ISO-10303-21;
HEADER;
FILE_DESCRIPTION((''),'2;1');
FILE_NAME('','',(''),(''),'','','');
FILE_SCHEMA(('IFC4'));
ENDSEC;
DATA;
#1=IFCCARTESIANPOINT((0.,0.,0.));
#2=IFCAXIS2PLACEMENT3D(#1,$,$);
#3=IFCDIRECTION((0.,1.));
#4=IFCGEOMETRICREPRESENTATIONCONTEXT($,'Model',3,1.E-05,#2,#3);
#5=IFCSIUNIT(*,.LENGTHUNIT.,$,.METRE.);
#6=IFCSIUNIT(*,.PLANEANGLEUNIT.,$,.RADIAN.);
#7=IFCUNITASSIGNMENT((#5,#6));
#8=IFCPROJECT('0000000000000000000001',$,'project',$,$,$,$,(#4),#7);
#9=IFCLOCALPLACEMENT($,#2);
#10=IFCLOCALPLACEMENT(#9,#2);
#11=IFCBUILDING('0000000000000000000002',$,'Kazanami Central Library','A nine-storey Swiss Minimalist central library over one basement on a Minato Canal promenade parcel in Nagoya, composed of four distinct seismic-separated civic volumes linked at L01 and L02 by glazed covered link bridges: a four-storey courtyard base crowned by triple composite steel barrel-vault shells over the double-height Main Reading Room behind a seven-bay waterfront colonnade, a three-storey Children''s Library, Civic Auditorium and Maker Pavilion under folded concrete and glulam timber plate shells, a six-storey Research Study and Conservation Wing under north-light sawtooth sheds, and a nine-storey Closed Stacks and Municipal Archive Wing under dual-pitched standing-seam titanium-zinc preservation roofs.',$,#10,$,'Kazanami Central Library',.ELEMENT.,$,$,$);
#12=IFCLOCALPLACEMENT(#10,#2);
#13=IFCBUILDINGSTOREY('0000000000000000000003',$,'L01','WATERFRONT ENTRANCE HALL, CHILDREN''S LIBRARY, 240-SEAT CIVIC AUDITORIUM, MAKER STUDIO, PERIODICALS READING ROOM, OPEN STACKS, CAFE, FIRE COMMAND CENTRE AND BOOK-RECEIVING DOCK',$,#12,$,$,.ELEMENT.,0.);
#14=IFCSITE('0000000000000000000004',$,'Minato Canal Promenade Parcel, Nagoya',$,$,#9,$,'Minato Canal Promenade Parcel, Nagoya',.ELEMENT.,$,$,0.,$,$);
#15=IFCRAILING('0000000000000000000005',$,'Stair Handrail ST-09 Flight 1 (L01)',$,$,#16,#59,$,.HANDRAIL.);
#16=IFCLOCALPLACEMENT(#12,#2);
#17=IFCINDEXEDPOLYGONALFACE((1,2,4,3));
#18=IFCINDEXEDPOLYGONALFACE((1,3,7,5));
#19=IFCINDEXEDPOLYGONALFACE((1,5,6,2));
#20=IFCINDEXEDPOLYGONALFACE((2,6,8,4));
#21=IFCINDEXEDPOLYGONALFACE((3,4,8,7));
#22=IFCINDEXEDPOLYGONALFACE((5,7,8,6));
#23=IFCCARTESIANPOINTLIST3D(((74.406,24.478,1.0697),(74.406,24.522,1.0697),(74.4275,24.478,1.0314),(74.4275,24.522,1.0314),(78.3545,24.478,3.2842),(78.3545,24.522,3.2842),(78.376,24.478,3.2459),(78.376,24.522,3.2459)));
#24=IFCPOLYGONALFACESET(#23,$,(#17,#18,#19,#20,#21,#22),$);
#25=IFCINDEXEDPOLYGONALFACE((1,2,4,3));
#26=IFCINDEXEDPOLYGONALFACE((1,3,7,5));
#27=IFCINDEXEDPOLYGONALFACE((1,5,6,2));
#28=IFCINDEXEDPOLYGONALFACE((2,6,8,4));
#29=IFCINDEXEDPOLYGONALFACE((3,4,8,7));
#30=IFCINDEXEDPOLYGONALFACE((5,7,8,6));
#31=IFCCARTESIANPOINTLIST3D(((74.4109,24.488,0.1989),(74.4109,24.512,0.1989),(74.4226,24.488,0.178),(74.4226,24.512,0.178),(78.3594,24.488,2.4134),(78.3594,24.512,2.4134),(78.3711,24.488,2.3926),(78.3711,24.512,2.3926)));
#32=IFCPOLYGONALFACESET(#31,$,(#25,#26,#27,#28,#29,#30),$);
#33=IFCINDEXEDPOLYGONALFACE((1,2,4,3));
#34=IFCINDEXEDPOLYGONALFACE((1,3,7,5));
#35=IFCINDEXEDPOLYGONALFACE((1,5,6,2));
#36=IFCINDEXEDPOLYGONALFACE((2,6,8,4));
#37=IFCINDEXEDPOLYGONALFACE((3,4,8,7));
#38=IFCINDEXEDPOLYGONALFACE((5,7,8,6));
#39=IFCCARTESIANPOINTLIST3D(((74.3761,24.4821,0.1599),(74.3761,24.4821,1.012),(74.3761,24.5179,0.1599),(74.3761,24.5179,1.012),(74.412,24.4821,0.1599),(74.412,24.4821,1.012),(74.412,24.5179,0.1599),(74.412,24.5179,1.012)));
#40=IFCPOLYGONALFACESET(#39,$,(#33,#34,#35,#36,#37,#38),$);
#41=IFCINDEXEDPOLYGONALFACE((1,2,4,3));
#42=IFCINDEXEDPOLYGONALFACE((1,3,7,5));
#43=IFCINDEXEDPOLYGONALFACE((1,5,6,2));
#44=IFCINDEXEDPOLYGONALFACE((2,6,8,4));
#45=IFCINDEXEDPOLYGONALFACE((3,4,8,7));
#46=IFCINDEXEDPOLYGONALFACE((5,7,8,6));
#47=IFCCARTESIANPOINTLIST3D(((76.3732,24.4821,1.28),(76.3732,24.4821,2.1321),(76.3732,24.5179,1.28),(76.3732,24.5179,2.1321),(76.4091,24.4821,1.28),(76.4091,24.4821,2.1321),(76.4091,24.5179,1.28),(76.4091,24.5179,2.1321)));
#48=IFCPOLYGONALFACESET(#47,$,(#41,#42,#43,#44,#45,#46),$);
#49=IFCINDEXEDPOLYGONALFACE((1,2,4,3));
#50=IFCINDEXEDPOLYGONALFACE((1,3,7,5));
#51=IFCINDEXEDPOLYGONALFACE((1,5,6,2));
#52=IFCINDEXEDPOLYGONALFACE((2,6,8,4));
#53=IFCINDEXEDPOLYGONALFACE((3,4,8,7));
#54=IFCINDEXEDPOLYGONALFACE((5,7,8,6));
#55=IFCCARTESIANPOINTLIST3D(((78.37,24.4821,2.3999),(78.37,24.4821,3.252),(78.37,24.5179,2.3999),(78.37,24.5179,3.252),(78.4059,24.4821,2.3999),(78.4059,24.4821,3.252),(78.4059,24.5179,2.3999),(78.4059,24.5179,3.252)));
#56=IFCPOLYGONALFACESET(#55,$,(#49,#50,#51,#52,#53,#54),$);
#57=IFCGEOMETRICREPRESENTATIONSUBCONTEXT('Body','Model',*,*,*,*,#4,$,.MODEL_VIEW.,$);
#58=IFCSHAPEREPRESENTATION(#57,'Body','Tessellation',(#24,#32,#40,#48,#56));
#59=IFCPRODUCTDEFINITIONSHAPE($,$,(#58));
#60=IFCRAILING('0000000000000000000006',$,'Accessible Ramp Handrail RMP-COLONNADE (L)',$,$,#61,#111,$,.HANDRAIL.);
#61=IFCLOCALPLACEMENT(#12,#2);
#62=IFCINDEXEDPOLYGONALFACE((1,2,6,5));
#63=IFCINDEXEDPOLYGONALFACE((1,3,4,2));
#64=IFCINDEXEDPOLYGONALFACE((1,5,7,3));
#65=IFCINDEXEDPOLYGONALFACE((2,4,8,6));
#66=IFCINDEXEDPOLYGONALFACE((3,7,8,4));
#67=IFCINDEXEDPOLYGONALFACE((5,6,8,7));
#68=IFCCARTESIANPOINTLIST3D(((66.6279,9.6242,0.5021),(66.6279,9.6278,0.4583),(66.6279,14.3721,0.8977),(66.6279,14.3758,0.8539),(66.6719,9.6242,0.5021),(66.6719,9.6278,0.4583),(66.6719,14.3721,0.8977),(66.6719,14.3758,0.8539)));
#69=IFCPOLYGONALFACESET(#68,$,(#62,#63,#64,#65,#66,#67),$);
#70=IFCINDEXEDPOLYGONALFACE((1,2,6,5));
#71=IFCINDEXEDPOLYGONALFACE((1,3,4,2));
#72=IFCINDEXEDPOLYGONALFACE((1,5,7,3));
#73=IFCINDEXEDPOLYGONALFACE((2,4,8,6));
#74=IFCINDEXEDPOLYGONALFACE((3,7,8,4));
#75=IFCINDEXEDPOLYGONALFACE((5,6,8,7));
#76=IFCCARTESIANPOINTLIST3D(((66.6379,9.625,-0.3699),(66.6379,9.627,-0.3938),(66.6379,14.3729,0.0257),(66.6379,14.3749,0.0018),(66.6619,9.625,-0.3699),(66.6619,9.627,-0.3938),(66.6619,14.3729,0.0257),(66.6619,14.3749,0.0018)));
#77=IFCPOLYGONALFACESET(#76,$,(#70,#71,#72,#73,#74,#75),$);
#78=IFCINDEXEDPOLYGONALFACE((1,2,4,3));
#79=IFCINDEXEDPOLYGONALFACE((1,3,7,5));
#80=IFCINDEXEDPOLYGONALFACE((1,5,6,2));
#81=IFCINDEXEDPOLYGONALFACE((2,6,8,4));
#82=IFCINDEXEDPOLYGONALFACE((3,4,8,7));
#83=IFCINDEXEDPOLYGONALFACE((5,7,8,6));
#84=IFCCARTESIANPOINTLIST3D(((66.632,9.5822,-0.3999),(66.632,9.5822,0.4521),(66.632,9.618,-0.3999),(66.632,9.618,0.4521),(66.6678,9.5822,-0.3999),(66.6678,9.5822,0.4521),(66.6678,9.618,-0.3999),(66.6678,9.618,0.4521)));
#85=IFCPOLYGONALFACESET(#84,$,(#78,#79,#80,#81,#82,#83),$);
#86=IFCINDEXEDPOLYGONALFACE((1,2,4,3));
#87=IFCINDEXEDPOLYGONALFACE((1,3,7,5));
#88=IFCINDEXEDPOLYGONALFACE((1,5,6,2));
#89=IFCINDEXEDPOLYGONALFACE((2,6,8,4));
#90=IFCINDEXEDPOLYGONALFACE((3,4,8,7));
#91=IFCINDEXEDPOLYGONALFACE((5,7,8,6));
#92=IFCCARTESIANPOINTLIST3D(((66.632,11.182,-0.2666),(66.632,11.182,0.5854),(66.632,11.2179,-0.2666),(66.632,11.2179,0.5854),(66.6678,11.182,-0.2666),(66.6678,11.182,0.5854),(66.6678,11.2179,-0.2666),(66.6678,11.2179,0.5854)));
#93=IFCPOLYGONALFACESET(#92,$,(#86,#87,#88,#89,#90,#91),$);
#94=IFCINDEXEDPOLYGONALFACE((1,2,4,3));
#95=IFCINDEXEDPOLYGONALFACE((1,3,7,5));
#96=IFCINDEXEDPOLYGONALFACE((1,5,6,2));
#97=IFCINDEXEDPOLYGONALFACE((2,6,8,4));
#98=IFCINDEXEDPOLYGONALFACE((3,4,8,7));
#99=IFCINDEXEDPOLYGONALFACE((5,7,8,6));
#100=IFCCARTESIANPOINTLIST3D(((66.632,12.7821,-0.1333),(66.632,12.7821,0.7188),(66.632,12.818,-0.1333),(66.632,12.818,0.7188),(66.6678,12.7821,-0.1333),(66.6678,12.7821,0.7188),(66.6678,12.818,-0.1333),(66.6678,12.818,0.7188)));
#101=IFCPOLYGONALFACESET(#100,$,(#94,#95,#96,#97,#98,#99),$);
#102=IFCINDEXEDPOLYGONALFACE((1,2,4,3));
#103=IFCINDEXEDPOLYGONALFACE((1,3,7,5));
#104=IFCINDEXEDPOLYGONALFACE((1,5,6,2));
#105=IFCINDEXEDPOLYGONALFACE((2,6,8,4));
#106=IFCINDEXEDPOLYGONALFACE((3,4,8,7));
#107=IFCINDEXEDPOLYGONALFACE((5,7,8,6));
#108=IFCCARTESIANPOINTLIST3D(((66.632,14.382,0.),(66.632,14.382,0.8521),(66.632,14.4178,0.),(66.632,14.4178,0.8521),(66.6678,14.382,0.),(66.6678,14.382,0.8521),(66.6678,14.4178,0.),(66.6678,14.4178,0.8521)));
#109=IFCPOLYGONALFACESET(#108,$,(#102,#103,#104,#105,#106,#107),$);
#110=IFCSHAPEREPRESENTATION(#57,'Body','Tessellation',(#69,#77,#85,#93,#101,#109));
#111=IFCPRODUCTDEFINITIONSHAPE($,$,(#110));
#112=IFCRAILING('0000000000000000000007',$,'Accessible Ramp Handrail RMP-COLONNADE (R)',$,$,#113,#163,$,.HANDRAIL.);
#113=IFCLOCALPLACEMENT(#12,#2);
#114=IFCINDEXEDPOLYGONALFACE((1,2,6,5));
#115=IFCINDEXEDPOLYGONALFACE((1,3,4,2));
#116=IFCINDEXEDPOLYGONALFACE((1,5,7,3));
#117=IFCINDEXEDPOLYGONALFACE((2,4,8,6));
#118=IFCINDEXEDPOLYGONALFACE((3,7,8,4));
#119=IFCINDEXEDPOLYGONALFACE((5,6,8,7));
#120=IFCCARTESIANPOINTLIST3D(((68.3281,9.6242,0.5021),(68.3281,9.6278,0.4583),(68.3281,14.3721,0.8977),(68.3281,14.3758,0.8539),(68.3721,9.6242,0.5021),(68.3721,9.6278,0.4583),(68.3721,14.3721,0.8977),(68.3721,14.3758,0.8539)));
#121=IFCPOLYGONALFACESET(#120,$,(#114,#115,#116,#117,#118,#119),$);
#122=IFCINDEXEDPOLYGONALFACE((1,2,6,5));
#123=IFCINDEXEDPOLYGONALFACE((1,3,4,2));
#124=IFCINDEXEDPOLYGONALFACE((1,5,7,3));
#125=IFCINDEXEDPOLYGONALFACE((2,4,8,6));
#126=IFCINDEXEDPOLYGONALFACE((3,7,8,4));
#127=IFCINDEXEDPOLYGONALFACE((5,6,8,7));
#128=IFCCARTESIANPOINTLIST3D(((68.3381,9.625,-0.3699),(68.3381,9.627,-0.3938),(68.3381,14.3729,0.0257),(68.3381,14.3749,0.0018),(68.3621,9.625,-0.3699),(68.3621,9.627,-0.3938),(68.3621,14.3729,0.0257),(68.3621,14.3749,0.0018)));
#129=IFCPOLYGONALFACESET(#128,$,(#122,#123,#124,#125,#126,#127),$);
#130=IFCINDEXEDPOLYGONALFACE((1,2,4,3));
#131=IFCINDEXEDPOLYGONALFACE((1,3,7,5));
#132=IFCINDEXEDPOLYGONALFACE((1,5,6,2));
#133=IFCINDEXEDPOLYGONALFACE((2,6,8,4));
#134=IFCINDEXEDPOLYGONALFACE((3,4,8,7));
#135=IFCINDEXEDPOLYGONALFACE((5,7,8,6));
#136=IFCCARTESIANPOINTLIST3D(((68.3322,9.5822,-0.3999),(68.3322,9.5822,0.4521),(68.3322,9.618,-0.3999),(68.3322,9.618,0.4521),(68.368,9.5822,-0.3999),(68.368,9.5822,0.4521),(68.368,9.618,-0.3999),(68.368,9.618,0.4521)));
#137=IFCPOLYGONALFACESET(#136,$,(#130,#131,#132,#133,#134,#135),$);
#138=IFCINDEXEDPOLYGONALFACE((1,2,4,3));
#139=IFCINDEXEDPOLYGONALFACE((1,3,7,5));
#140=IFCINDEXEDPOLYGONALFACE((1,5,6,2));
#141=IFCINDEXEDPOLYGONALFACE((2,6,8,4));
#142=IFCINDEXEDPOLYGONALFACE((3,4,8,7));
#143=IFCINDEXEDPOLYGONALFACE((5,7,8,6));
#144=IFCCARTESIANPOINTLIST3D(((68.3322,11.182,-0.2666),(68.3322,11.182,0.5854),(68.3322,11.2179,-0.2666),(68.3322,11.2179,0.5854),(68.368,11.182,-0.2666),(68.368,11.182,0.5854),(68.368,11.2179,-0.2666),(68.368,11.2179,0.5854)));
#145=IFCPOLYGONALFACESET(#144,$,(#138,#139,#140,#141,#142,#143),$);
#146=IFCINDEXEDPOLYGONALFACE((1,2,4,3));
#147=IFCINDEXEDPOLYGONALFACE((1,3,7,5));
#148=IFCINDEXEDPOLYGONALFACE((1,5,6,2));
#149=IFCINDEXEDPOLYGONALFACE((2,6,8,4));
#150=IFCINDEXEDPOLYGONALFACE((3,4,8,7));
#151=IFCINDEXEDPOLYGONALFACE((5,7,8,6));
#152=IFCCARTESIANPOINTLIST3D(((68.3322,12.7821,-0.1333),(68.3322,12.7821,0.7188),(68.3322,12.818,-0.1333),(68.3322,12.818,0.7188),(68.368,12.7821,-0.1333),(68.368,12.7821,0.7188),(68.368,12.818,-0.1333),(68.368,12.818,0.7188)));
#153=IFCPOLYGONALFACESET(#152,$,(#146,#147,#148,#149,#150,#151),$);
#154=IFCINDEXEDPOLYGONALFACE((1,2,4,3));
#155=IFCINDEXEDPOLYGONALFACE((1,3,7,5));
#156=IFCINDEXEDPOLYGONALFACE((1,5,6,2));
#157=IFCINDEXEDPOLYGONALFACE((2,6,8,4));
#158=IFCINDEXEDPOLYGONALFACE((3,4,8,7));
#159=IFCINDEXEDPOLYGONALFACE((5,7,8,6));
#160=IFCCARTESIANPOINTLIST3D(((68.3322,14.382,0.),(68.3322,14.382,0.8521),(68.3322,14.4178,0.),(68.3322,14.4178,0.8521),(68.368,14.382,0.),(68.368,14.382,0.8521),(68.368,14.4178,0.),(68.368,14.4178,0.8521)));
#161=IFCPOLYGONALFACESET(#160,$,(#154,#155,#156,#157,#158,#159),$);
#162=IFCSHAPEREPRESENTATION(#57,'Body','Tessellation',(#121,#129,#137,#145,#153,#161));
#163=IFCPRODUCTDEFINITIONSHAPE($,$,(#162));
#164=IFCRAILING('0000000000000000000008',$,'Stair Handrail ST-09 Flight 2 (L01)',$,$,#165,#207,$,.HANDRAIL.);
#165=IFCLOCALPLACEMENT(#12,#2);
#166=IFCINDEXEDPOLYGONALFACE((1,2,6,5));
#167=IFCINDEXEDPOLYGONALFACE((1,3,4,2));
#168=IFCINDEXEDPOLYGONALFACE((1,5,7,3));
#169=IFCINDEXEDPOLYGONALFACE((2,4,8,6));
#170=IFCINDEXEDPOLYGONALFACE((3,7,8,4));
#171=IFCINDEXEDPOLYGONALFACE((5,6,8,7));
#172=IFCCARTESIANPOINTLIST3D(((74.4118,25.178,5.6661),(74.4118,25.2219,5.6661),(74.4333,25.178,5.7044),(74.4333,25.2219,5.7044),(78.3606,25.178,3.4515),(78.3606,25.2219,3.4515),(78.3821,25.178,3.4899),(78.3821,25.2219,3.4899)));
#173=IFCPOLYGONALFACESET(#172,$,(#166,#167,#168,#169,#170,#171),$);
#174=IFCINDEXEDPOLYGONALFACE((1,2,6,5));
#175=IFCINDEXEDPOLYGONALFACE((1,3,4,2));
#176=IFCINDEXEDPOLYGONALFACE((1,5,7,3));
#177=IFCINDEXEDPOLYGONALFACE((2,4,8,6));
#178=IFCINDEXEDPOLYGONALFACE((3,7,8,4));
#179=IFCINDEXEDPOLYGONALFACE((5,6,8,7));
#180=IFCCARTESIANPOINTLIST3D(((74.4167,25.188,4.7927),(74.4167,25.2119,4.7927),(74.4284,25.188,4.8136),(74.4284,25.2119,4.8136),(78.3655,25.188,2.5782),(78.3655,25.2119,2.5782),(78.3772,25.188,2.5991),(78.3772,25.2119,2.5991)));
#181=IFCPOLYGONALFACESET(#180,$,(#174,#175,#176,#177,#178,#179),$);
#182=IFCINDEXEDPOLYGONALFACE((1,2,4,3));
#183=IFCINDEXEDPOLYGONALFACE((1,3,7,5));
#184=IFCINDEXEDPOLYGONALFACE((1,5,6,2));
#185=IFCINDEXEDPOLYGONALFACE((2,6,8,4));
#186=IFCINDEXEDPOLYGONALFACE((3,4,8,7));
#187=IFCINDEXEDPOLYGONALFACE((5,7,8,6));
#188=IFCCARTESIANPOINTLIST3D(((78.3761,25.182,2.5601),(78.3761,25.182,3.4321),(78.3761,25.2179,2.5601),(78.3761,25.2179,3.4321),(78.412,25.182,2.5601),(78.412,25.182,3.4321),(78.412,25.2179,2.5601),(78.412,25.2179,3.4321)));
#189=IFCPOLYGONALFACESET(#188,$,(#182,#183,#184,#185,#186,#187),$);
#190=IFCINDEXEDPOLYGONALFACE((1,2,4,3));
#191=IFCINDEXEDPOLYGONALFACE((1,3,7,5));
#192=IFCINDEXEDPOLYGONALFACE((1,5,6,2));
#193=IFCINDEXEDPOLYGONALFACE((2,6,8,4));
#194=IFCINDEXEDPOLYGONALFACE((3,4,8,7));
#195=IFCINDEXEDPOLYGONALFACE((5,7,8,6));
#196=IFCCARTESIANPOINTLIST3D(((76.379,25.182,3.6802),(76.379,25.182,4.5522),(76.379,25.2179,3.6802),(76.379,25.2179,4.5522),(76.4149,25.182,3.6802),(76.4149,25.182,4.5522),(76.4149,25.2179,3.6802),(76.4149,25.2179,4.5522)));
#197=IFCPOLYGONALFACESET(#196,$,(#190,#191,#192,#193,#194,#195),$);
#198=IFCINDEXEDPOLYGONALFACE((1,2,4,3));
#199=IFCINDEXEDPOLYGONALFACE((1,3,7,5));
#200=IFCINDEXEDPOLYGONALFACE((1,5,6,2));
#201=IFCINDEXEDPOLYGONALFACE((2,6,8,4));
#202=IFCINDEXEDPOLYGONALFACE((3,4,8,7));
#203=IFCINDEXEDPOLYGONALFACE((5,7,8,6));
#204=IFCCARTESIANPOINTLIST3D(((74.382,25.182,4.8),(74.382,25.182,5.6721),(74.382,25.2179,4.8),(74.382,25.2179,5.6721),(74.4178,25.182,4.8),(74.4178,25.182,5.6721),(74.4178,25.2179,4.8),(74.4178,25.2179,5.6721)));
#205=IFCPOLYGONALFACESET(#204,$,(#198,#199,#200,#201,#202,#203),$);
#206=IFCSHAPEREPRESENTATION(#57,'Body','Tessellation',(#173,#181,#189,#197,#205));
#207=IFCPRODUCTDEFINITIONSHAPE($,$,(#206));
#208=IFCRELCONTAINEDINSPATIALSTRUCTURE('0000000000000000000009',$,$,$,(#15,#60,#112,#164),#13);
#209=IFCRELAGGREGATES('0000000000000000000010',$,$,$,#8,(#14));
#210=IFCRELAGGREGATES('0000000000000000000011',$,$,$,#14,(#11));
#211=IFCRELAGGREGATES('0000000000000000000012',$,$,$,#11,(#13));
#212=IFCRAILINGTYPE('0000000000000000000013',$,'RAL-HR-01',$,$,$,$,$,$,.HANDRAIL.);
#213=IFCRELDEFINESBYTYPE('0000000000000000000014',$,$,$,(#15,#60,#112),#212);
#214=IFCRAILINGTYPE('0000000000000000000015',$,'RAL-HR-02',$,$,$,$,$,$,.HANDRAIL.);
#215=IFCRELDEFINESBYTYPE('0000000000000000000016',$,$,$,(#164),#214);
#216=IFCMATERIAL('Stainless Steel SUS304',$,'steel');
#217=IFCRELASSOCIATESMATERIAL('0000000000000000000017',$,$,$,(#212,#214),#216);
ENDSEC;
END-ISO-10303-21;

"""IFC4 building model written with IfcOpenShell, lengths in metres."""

from ifc_helpers import new_model, si_unit, direction, frame, origin, origin_2d, place, context, subcontext, project, spatial, rectangle, extrude, material, type_object, element, save


model = new_model("IFC4")

# Units and contexts
model_context = context("Model", 3, precision=1e-05, world=origin(), true_north=direction((0.0, 1.0)))
body_context = subcontext(model_context, "Body", "Model", "MODEL_VIEW")
ifc_project = project(units=[si_unit("LENGTHUNIT", "METRE"), si_unit("PLANEANGLEUNIT", "RADIAN")], contexts=[model_context])

# Site, building, storey
site_placement = place(None, origin())
site = spatial("IfcSite", under=ifc_project, at=site_placement, Name="Minato Canal Promenade Parcel, Nagoya", LongName="Minato Canal Promenade Parcel, Nagoya", CompositionType="ELEMENT", RefElevation=0.0)
building_placement = place(site_placement, origin())
building = spatial("IfcBuilding", under=site, at=building_placement, Name="Kazanami Central Library", Description="A nine-storey Swiss Minimalist central library over one basement on a Minato Canal promenade parcel in Nagoya, composed of four distinct seismic-separated civic volumes linked at L01 and L02 by glazed covered link bridges: a four-storey courtyard base crowned by triple composite steel barrel-vault shells over the double-height Main Reading Room behind a seven-bay waterfront colonnade, a three-storey Children's Library, Civic Auditorium and Maker Pavilion under folded concrete and glulam timber plate shells, a six-storey Research Study and Conservation Wing under north-light sawtooth sheds, and a nine-storey Closed Stacks and Municipal Archive Wing under dual-pitched standing-seam titanium-zinc preservation roofs.", LongName="Kazanami Central Library", CompositionType="ELEMENT")
storey_placement = place(building_placement, origin())
storey = spatial("IfcBuildingStorey", under=building, at=storey_placement, Name="L01", Description="WATERFRONT ENTRANCE HALL, CHILDREN'S LIBRARY, 240-SEAT CIVIC AUDITORIUM, MAKER STUDIO, PERIODICALS READING ROOM, OPEN STACKS, CAFE, FIRE COMMAND CENTRE AND BOOK-RECEIVING DOCK", CompositionType="ELEMENT", Elevation=0.0)

# Railings
ifc_material_1 = material(Name="Stainless Steel SUS304", Category="steel")
railing_type_1 = type_object("IfcRailingType", Name="RAL-HR-01", PredefinedType="HANDRAIL", material=ifc_material_1)
railing_1_placement = place(storey_placement, frame((74.394, 24.5, 0.1599)))
element("IfcRailing", 1, at=railing_1_placement, inside=storey, type_object=railing_type_1, Name="Stair Handrail ST-09 Flight 1 (L01)", PredefinedType="HANDRAIL", context=body_context, shape_type="SweptSolid", body=[
    extrude(rectangle(XDim=0.0439, YDim=0.0439, at=origin_2d()), frame((0.0227, 0.0, 0.8906), z_axis=(0.872189, 0.0, 0.48917), x_axis=(0.0, 1.0, 0.0)), (0.0, 0.0, 1.0), 4.5271),
    extrude(rectangle(XDim=0.0239, YDim=0.0239, at=origin_2d()), frame((0.0227, 0.0, 0.0286), z_axis=(0.872189, 0.0, 0.48917), x_axis=(0.0, 1.0, 0.0)), (0.0, 0.0, 1.0), 4.5271),
    extrude(rectangle(XDim=0.0359, YDim=0.0359, at=origin_2d()), origin(), (0.0, 0.0, 1.0), 0.8521),
    extrude(rectangle(XDim=0.0359, YDim=0.0359, at=origin_2d()), frame((1.9971, 0.0, 1.1201)), (0.0, 0.0, 1.0), 0.8521),
    extrude(rectangle(XDim=0.0359, YDim=0.0359, at=origin_2d()), frame((3.9939, 0.0, 2.24)), (0.0, 0.0, 1.0), 0.8521),
])
for number, where, name in (
    (2, (66.6499, 9.6001, -0.3999), "Accessible Ramp Handrail RMP-COLONNADE (L)"),
    (3, (68.3501, 9.6001, -0.3999), "Accessible Ramp Handrail RMP-COLONNADE (R)"),
):
    element("IfcRailing", number, at=place(storey_placement, frame(where)), inside=storey, type_object=railing_type_1, Name=name, PredefinedType="HANDRAIL", context=body_context, shape_type="SweptSolid", body=[
        extrude(rectangle(XDim=0.0439, YDim=0.0439, at=origin_2d()), frame((0.0, 0.0259, 0.8801), z_axis=(0.0, 0.996547, 0.083029), x_axis=(-1.0, 0.0, 0.0)), (0.0, 0.0, 1.0), 4.7644),
        extrude(rectangle(XDim=0.0239, YDim=0.0239, at=origin_2d()), frame((0.0, 0.0259, 0.0181), z_axis=(0.0, 0.996547, 0.083029), x_axis=(-1.0, 0.0, 0.0)), (0.0, 0.0, 1.0), 4.7644),
        extrude(rectangle(XDim=0.0359, YDim=0.0359, at=origin_2d()), origin(), (0.0, 0.0, 1.0), 0.8521),
        extrude(rectangle(XDim=0.0359, YDim=0.0359, at=origin_2d()), frame((0.0, 1.5999, 0.1333)), (0.0, 0.0, 1.0), 0.8521),
        extrude(rectangle(XDim=0.0359, YDim=0.0359, at=origin_2d()), frame((0.0, 3.2, 0.2666)), (0.0, 0.0, 1.0), 0.8521),
        extrude(rectangle(XDim=0.0359, YDim=0.0359, at=origin_2d()), frame((0.0, 4.7998, 0.3999)), (0.0, 0.0, 1.0), 0.8521),
    ])
railing_type_2 = type_object("IfcRailingType", Name="RAL-HR-02", PredefinedType="HANDRAIL", material=ifc_material_1)
railing_2_placement = place(storey_placement, frame((78.394, 25.2, 2.5601)))
element("IfcRailing", 4, at=railing_2_placement, inside=storey, type_object=railing_type_2, Name="Stair Handrail ST-09 Flight 2 (L01)", PredefinedType="HANDRAIL", context=body_context, shape_type="SweptSolid", body=[
    extrude(rectangle(XDim=0.0439, YDim=0.0439, at=origin_2d()), frame((-0.0227, 0.0, 0.9106), z_axis=(-0.872201, 0.0, 0.489147), x_axis=(0.0, -1.0, 0.0)), (0.0, 0.0, 1.0), 4.5273),
    extrude(rectangle(XDim=0.0239, YDim=0.0239, at=origin_2d()), frame((-0.0227, 0.0, 0.0286), z_axis=(-0.872201, 0.0, 0.489147), x_axis=(0.0, -1.0, 0.0)), (0.0, 0.0, 1.0), 4.5273),
    extrude(rectangle(XDim=0.0359, YDim=0.0359, at=origin_2d()), origin(), (0.0, 0.0, 1.0), 0.8721),
    extrude(rectangle(XDim=0.0359, YDim=0.0359, at=origin_2d()), frame((-1.9971, 0.0, 1.1201)), (0.0, 0.0, 1.0), 0.8721),
    extrude(rectangle(XDim=0.0359, YDim=0.0359, at=origin_2d()), frame((-3.9941, 0.0, 2.24)), (0.0, 0.0, 1.0), 0.8721),
])

save(model, "model.ifc")
